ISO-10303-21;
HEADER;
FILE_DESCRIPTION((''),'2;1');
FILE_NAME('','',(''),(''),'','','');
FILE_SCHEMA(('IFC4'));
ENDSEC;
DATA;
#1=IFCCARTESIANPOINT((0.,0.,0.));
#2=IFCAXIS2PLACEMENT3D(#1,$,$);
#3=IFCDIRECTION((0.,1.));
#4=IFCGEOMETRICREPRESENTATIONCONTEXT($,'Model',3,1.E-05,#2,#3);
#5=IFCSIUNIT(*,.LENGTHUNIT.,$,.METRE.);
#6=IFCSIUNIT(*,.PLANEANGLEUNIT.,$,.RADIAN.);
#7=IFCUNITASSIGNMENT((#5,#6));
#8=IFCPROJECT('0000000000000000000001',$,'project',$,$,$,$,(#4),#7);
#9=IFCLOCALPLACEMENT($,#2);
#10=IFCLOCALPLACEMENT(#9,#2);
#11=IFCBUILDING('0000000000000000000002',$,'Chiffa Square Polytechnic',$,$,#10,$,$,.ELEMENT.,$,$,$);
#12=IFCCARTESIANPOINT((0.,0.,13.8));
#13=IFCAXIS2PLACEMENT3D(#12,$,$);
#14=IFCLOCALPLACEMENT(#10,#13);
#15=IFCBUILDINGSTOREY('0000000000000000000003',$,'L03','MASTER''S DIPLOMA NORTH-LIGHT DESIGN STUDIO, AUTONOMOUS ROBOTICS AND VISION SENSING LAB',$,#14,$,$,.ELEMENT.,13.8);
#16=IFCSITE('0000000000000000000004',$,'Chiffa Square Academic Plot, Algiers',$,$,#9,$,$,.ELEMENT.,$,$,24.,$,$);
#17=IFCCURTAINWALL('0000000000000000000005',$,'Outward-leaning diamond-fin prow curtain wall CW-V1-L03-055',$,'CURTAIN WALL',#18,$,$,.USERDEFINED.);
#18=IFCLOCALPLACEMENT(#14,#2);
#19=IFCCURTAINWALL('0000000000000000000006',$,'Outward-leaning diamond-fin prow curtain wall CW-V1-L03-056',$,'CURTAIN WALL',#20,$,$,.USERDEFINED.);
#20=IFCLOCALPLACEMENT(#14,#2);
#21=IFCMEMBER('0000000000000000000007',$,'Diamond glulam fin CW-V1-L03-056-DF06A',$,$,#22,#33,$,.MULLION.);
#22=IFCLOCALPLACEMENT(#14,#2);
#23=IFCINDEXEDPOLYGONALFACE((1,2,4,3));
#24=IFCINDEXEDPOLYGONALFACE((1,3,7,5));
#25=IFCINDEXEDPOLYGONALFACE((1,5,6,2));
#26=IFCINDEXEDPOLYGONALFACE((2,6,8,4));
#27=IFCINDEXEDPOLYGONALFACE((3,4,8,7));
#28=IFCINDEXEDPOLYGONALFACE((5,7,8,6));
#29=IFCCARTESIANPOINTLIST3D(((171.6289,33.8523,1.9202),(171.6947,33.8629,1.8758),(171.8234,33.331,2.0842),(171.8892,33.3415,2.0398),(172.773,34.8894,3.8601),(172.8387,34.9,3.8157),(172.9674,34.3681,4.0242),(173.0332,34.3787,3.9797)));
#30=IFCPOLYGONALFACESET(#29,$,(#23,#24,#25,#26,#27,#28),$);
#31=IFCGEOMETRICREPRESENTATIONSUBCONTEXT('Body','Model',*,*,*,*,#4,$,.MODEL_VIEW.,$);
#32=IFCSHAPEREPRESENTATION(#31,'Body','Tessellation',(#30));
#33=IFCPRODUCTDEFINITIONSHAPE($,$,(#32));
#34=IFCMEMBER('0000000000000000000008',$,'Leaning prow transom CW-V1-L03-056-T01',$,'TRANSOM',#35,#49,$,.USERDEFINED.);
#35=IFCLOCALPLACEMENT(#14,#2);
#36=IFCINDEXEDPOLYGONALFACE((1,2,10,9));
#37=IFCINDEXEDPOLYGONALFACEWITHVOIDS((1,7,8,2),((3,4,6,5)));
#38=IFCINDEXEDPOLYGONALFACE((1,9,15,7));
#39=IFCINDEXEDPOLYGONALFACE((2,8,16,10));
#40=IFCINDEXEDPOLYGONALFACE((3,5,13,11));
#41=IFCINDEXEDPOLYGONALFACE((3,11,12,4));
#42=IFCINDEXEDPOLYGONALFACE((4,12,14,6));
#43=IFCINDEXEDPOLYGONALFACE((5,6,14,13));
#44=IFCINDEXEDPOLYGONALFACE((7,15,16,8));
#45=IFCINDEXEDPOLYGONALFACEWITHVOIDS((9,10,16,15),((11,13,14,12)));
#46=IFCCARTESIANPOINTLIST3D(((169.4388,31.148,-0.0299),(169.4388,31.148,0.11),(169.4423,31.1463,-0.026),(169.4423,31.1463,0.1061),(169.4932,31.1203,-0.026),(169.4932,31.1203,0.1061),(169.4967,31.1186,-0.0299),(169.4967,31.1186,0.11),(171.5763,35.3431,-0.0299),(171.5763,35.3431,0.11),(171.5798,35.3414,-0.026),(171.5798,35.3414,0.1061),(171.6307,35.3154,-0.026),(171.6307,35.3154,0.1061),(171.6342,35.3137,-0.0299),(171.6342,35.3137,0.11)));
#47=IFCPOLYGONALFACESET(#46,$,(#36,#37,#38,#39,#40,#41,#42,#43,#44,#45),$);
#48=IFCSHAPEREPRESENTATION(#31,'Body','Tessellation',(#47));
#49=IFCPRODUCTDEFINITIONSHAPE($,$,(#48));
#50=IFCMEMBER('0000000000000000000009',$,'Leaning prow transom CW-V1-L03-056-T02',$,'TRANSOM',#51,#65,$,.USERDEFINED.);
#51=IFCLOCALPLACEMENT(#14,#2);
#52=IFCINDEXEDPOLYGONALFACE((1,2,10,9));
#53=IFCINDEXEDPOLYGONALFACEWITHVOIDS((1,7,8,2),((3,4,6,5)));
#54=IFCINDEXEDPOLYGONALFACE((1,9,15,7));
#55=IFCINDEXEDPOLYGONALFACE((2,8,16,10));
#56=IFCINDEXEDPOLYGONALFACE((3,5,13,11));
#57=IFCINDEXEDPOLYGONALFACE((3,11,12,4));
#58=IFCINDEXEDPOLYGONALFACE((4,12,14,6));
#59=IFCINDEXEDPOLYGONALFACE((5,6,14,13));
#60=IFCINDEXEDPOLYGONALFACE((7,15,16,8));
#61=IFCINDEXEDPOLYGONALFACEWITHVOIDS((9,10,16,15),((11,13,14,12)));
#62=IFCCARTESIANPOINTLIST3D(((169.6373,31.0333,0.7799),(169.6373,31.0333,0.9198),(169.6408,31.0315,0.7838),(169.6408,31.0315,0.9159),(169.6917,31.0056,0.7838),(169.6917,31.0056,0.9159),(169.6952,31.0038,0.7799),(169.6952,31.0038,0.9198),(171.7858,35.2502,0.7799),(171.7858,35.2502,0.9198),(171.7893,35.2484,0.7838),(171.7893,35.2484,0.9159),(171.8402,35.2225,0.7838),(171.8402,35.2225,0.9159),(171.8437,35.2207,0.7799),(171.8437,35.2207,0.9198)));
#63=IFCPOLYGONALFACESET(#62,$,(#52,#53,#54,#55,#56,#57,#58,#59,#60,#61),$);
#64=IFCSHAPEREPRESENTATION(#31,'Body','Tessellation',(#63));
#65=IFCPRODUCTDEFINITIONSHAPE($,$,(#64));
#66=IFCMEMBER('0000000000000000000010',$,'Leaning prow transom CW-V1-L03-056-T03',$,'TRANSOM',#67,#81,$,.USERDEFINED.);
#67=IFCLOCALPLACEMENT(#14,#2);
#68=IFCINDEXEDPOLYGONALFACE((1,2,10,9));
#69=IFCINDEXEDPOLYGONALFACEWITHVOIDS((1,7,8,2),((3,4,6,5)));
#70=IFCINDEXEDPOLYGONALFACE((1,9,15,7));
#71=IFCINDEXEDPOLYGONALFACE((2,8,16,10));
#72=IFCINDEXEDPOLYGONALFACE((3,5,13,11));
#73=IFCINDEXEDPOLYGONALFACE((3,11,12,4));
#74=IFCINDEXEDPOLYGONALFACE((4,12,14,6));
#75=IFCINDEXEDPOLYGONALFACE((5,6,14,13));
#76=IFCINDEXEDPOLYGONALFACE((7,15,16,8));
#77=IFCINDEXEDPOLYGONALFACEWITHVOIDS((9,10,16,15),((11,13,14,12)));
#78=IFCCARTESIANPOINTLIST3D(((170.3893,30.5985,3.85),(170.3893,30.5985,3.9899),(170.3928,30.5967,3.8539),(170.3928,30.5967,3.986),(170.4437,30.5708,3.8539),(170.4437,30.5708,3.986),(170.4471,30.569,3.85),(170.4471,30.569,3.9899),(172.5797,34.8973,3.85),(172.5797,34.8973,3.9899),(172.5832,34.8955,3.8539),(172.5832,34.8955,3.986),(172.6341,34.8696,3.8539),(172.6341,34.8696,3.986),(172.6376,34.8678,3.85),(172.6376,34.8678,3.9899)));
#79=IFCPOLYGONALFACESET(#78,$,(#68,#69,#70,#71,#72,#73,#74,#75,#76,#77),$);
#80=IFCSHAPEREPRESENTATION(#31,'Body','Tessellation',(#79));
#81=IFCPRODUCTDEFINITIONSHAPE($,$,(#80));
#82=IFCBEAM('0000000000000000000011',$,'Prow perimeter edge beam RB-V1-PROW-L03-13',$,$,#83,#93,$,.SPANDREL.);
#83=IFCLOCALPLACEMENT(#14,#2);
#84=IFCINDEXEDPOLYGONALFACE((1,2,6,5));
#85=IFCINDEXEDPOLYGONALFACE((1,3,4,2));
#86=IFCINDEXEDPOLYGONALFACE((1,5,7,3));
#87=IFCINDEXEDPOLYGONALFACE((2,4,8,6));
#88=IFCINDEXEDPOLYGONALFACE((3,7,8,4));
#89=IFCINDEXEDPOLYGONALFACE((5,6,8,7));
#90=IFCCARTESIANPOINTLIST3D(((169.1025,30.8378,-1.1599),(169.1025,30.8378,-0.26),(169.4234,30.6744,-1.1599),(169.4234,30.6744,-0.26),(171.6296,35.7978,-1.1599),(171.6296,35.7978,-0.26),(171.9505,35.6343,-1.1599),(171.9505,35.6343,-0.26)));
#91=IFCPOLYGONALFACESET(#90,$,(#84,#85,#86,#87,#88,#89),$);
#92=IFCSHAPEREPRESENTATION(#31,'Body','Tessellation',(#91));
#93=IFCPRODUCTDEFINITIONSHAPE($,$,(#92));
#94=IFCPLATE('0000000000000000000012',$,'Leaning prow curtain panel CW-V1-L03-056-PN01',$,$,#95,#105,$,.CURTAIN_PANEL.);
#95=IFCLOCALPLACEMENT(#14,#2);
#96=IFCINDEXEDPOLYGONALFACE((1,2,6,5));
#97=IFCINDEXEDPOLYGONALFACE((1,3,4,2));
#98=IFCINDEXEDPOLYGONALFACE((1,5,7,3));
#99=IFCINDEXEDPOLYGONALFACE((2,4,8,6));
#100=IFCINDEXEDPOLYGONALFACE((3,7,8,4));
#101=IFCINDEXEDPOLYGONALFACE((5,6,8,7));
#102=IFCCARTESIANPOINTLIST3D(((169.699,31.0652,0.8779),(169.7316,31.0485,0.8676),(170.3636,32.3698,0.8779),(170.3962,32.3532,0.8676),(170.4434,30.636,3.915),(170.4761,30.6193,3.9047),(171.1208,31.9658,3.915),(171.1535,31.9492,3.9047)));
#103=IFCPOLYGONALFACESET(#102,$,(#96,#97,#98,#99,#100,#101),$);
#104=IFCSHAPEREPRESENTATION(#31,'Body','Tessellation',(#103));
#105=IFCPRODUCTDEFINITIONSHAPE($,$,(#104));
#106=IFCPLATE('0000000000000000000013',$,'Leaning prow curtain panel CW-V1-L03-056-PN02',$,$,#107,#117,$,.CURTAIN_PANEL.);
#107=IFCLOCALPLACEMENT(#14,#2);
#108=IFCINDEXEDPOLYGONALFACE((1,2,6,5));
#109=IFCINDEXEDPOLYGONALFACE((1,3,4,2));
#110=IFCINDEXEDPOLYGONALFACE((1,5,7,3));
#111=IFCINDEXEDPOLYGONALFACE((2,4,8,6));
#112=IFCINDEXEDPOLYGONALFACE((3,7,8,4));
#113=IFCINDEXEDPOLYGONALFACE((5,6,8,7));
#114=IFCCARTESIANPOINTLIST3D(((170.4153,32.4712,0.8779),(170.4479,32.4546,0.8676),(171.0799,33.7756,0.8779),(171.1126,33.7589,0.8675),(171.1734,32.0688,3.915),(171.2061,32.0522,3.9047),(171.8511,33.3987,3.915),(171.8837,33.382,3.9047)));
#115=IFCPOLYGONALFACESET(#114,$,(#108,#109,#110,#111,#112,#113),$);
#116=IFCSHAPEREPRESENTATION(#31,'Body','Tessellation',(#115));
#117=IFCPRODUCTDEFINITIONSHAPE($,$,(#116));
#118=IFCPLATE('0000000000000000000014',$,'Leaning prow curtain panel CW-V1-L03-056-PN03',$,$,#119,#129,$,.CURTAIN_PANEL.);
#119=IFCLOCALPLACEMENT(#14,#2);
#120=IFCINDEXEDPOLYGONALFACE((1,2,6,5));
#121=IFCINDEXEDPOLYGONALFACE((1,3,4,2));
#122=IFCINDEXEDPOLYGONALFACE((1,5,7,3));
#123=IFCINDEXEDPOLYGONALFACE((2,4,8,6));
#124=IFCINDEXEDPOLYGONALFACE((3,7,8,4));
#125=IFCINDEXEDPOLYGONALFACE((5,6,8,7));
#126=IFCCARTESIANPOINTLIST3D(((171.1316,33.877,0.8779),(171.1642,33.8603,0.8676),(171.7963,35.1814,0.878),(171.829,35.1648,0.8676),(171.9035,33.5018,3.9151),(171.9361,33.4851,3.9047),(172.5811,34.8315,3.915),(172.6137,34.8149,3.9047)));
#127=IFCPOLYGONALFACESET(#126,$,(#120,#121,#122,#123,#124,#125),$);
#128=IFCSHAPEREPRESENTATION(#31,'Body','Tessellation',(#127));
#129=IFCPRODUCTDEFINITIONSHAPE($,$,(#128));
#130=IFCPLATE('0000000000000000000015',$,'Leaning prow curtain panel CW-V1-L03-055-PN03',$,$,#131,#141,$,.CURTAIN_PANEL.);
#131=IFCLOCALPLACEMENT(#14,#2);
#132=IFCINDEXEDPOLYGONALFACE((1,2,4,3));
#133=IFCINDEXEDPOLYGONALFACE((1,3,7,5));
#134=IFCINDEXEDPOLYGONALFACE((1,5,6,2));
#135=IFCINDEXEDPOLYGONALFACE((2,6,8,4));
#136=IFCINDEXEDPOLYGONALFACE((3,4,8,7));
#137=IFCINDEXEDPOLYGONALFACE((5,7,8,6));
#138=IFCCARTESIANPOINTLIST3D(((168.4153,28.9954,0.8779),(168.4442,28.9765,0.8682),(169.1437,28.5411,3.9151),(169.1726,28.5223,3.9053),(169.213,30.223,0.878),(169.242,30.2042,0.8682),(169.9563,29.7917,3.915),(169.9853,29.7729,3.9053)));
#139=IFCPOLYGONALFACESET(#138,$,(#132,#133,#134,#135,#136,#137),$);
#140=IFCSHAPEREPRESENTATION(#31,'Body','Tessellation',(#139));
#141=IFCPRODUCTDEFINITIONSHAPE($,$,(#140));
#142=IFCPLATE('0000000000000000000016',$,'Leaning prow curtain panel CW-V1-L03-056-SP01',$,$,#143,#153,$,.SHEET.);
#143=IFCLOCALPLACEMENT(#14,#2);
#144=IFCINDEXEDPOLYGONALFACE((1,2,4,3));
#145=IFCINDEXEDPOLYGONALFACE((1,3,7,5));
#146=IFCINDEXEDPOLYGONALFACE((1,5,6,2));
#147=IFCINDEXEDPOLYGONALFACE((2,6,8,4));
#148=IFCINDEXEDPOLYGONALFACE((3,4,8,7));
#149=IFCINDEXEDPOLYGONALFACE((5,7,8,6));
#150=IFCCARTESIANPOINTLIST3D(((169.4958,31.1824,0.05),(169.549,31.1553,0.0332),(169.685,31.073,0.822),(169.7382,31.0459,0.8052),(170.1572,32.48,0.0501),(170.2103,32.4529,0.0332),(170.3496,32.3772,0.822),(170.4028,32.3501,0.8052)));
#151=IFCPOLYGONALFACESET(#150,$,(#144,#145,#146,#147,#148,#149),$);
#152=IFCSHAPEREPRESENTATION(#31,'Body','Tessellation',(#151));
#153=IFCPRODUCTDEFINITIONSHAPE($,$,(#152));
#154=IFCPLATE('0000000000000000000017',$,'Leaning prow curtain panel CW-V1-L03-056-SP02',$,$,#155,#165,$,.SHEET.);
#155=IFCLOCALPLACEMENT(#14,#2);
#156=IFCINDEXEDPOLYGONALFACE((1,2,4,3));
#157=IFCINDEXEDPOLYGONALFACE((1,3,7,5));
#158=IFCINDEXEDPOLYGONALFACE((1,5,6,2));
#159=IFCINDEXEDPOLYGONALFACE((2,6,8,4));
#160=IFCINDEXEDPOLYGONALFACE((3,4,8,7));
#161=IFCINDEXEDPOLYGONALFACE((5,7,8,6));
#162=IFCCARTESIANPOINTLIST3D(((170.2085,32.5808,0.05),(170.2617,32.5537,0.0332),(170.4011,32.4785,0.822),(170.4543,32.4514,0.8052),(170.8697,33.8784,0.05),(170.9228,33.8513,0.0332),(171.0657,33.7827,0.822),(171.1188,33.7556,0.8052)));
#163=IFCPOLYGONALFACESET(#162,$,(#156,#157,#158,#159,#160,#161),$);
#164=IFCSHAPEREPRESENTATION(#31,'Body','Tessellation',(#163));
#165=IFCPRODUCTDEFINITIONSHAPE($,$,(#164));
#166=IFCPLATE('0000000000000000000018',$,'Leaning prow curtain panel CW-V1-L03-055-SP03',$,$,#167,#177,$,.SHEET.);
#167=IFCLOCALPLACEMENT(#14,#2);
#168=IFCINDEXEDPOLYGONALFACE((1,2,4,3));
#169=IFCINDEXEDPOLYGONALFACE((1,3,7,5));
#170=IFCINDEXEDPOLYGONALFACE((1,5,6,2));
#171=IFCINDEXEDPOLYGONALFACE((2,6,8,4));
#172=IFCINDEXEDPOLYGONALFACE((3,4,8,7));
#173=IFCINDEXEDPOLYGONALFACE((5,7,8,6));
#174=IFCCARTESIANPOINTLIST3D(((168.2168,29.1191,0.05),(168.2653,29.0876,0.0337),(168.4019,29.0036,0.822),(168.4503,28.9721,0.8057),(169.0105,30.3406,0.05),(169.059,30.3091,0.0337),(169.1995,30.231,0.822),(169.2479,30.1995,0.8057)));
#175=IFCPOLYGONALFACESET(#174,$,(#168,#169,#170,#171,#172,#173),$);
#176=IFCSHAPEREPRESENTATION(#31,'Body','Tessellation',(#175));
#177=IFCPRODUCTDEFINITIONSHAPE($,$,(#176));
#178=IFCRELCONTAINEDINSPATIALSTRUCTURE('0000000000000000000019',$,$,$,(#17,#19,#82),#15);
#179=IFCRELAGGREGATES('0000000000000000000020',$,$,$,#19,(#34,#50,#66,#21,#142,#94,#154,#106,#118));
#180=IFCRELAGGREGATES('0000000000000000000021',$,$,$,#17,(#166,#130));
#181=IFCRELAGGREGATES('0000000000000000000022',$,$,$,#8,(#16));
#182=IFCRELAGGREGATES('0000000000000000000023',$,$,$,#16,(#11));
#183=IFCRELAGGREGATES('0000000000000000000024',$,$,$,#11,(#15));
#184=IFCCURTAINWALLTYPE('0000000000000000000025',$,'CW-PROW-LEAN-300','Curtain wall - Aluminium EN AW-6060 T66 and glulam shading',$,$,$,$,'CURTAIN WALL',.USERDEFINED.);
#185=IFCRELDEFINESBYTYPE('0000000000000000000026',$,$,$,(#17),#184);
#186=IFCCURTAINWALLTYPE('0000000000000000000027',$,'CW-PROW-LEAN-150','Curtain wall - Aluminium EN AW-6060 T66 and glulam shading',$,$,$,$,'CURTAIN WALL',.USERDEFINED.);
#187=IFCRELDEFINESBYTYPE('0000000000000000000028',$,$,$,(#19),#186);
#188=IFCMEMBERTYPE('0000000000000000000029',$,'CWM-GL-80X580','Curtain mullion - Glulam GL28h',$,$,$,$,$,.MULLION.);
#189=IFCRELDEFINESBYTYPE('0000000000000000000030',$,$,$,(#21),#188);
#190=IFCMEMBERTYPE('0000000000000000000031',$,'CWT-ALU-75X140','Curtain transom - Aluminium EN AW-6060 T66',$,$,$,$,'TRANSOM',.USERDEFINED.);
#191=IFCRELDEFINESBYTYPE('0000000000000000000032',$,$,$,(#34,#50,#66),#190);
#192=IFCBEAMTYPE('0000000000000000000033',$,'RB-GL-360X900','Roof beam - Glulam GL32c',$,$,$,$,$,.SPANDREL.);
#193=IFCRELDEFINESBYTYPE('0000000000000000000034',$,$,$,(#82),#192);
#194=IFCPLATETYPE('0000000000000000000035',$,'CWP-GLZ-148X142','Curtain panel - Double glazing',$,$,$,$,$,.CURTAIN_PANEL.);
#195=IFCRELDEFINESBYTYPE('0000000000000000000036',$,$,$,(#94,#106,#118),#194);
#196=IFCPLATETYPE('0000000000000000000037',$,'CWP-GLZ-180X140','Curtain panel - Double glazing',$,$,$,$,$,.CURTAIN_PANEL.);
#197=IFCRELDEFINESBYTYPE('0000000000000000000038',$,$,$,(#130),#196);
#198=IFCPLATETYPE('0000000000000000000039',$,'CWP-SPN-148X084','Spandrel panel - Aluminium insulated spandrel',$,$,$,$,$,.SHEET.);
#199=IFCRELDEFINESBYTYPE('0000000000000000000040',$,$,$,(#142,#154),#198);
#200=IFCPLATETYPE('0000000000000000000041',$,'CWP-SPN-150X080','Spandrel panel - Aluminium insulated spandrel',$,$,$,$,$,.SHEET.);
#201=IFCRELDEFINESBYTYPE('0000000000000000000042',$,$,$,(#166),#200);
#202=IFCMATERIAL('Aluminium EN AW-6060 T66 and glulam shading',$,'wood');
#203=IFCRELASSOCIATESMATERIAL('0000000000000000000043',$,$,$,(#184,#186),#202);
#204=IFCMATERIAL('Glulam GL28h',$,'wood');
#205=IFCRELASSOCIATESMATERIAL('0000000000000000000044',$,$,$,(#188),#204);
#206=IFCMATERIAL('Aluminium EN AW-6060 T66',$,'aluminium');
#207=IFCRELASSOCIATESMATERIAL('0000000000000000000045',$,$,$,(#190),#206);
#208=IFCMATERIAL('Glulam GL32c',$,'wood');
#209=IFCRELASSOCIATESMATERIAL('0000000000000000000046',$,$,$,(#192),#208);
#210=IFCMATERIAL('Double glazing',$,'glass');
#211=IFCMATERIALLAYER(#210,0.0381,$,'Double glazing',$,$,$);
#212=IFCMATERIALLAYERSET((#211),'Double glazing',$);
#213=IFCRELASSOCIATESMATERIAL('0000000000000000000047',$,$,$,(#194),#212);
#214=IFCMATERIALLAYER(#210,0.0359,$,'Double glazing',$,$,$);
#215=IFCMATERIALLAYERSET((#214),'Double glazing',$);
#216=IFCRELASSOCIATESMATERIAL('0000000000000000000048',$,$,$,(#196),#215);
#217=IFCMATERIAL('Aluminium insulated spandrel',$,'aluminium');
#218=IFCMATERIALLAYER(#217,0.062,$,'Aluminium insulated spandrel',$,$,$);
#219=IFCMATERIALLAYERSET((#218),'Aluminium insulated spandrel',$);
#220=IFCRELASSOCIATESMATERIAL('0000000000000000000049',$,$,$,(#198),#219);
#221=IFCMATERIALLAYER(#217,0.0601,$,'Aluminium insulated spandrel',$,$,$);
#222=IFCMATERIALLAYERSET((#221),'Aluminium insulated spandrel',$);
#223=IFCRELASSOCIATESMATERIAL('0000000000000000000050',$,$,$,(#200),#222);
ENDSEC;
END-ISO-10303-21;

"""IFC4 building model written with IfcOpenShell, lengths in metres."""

from ifc_helpers import new_model, si_unit, direction, frame, origin, origin_2d, place, context, subcontext, project, spatial, polyline, rectangle, hollow_rectangle, outline, extrude, material, layer, layer_set, material_profile, profile_set, type_object, element, aggregate, save


model = new_model("IFC4")

# Units and contexts
model_context = context("Model", 3, precision=1e-05, world=origin(), true_north=direction((0.0, 1.0)))
body_context = subcontext(model_context, "Body", "Model", "MODEL_VIEW")
ifc_project = project(units=[si_unit("LENGTHUNIT", "METRE"), si_unit("PLANEANGLEUNIT", "RADIAN")], contexts=[model_context])

# Site, building, storey
site_placement = place(None, origin())
site = spatial("IfcSite", under=ifc_project, at=site_placement, Name="Chiffa Square Academic Plot, Algiers", CompositionType="ELEMENT", RefElevation=24.0)
building_placement = place(site_placement, origin())
building = spatial("IfcBuilding", under=site, at=building_placement, Name="Chiffa Square Polytechnic", CompositionType="ELEMENT")
storey_placement = place(building_placement, frame((0.0, 0.0, 13.8)))
storey = spatial("IfcBuildingStorey", under=building, at=storey_placement, Name="L03", Description="MASTER'S DIPLOMA NORTH-LIGHT DESIGN STUDIO, AUTONOMOUS ROBOTICS AND VISION SENSING LAB", CompositionType="ELEMENT", Elevation=13.8)

# Shared definitions
ifc_material_1 = material(Name="Glulam GL32c", Category="wood")

# Curtain walls
ifc_material_2 = material(Name="Aluminium EN AW-6060 T66 and glulam shading", Category="wood")
curtain_wall_type_1 = type_object("IfcCurtainWallType", Name="CW-PROW-LEAN-300", Description="Curtain wall - Aluminium EN AW-6060 T66 and glulam shading", ElementType="CURTAIN WALL", PredefinedType="USERDEFINED", material=ifc_material_2)
curtain_wall_1_placement = place(storey_placement, origin())
curtain_wall_1 = element("IfcCurtainWall", 1, at=curtain_wall_1_placement, inside=storey, type_object=curtain_wall_type_1, Name="Outward-leaning diamond-fin prow curtain wall CW-V1-L03-055", ObjectType="CURTAIN WALL", PredefinedType="USERDEFINED")
ifc_material_3 = material(Name="Aluminium EN AW-6060 T66", Category="aluminium")
curtain_wall_type_2 = type_object("IfcCurtainWallType", Name="CW-PROW-LEAN-150", Description="Curtain wall - Aluminium EN AW-6060 T66 and glulam shading", ElementType="CURTAIN WALL", PredefinedType="USERDEFINED", material=ifc_material_2)
curtain_wall_2_placement = place(storey_placement, origin())
curtain_wall_2 = element("IfcCurtainWall", 2, at=curtain_wall_2_placement, inside=storey, type_object=curtain_wall_type_2, Name="Outward-leaning diamond-fin prow curtain wall CW-V1-L03-056", ObjectType="CURTAIN WALL", PredefinedType="USERDEFINED")

# Members
ifc_material_4 = material(Name="Glulam GL28h", Category="wood")
ifc_material_profile_1 = material_profile(ifc_material_4, rectangle(XDim=0.0801, YDim=0.5801, at=origin_2d()), Name="GL28h 80x580")
ifc_profile_set_1 = profile_set([ifc_material_profile_1], Name="Glulam GL28h")
member_type_1 = type_object("IfcMemberType", Name="CWM-GL-80X580", Description="Curtain mullion - Glulam GL28h", PredefinedType="MULLION", material=ifc_profile_set_1)
member_1_placement = place(storey_placement, frame((171.759, 33.5969, 1.98), z_axis=(0.461405, 0.418278, 0.7824), x_axis=(-0.821402, -0.131857, 0.554898)))
member_1 = element("IfcMember", 3, at=member_1_placement, type_object=member_type_1, Name="Diamond glulam fin CW-V1-L03-056-DF06A", PredefinedType="MULLION", context=body_context, shape_type="SweptSolid", body=[
    extrude(rectangle(XDim=0.0801, YDim=0.5801, at=origin_2d()), origin(), (0.0, 0.0, 1.0), 2.4795),
])
ifc_material_profile_2 = material_profile(ifc_material_3, hollow_rectangle(XDim=0.0649, YDim=0.1399, WallThickness=0.0039, at=origin_2d()), Name="ALU 65x140x4")
ifc_profile_set_2 = profile_set([ifc_material_profile_2], Name="Aluminium EN AW-6060 T66")
member_type_2 = type_object("IfcMemberType", Name="CWT-ALU-75X140", Description="Curtain transom - Aluminium EN AW-6060 T66", ElementType="TRANSOM", PredefinedType="USERDEFINED", material=ifc_profile_set_2)
member_2_placement = place(storey_placement, frame((169.4678, 31.1333, 0.04), z_axis=(0.453983, 0.89101, 0.0), x_axis=(-0.89101, 0.453983, 0.0)))
member_2 = element("IfcMember", 4, at=member_2_placement, type_object=member_type_2, Name="Leaning prow transom CW-V1-L03-056-T01", ObjectType="TRANSOM", PredefinedType="USERDEFINED", context=body_context, shape_type="SweptSolid", body=[
    extrude(hollow_rectangle(XDim=0.0649, YDim=0.1399, WallThickness=0.0039, at=origin_2d()), origin(), (0.0, 0.0, 1.0), 4.7083),
])
member_3_placement = place(storey_placement, frame((169.6663, 31.0186, 0.8499), z_axis=(0.453969, 0.891017, 0.0), x_axis=(-0.891017, 0.453969, 0.0)))
member_3 = element("IfcMember", 5, at=member_3_placement, type_object=member_type_2, Name="Leaning prow transom CW-V1-L03-056-T02", ObjectType="TRANSOM", PredefinedType="USERDEFINED", context=body_context, shape_type="SweptSolid", body=[
    extrude(hollow_rectangle(XDim=0.0649, YDim=0.1399, WallThickness=0.0039, at=origin_2d()), origin(), (0.0, 0.0, 1.0), 4.7327),
])
member_4_placement = place(storey_placement, frame((170.4182, 30.5837, 3.9199), z_axis=(0.454002, 0.891001, 0.0), x_axis=(-0.891001, 0.454002, 0.0)))
member_4 = element("IfcMember", 6, at=member_4_placement, type_object=member_type_2, Name="Leaning prow transom CW-V1-L03-056-T03", ObjectType="TRANSOM", PredefinedType="USERDEFINED", context=body_context, shape_type="SweptSolid", body=[
    extrude(hollow_rectangle(XDim=0.0649, YDim=0.1399, WallThickness=0.0039, at=origin_2d()), origin(), (0.0, 0.0, 1.0), 4.8247),
])

# Beam
ifc_material_profile_3 = material_profile(ifc_material_1, rectangle(XDim=0.3601, YDim=0.8999, at=origin_2d()), Name="GL32c 360x900")
ifc_profile_set_3 = profile_set([ifc_material_profile_3], Name="Glulam GL32c")
beam_type_1 = type_object("IfcBeamType", Name="RB-GL-360X900", Description="Roof beam - Glulam GL32c", PredefinedType="SPANDREL", material=ifc_profile_set_3)
beam_1_placement = place(storey_placement, frame((169.2629, 30.7561, -0.71), z_axis=(0.453972, 0.891016, 0.0), x_axis=(-0.891016, 0.453972, 0.0)))
element("IfcBeam", 7, at=beam_1_placement, inside=storey, type_object=beam_type_1, Name="Prow perimeter edge beam RB-V1-PROW-L03-13", PredefinedType="SPANDREL", context=body_context, shape_type="SweptSolid", body=[
    extrude(rectangle(XDim=0.3601, YDim=0.8999, at=origin_2d()), origin(), (0.0, 0.0, 1.0), 5.5667),
])

# Plates
ifc_material_5 = material(Name="Double glazing", Category="glass")
ifc_layer_1 = layer(ifc_material_5, 0.0381, Name="Double glazing")
ifc_layer_set_1 = layer_set([ifc_layer_1], Name="Double glazing")
plate_type_1 = type_object("IfcPlateType", Name="CWP-GLZ-148X142", Description="Curtain panel - Double glazing", PredefinedType="CURTAIN_PANEL", material=ifc_layer_set_1)
plate_1_placement = place(storey_placement, frame((169.699, 31.0652, 0.8779), z_axis=(-0.857477, 0.436804, 0.271911), x_axis=(0.453903, 0.891051, -0.00001)))
plate_1 = element("IfcPlate", 8, at=plate_1_placement, type_object=plate_type_1, Name="Leaning prow curtain panel CW-V1-L03-056-PN01", PredefinedType="CURTAIN_PANEL", context=body_context, shape_type="SweptSolid", body=[
    extrude(outline(polyline([(0.0, 0.0), (1.4642, 0.0), (1.4479, -3.156), (-0.0446, -3.156), (0.0, 0.0)])), origin(), (0.0, 0.0, -1.0), 0.0381),
])
plate_2_placement = place(storey_placement, frame((170.4153, 32.4712, 0.8779), z_axis=(-0.857425, 0.436897, 0.271925), x_axis=(0.454, 0.891002, -0.00002)))
plate_2 = element("IfcPlate", 9, at=plate_2_placement, type_object=plate_type_1, Name="Leaning prow curtain panel CW-V1-L03-056-PN02", PredefinedType="CURTAIN_PANEL", context=body_context, shape_type="SweptSolid", body=[
    extrude(outline(polyline([(0.0, 0.0), (1.464, 0.0), (1.4782, -3.1561), (-0.0144, -3.156), (0.0, 0.0)])), origin(), (0.0, 0.0, -1.0), 0.0381),
])
plate_3_placement = place(storey_placement, frame((171.1316, 33.877, 0.8779), z_axis=(-0.857434, 0.436902, 0.271889), x_axis=(0.45401, 0.890997, 0.000019)))
plate_3 = element("IfcPlate", 10, at=plate_3_placement, type_object=plate_type_1, Name="Leaning prow curtain panel CW-V1-L03-056-PN03", PredefinedType="CURTAIN_PANEL", context=body_context, shape_type="SweptSolid", body=[
    extrude(outline(polyline([(0.0, 0.0), (1.4641, 0.0), (1.5087, -3.156), (0.0162, -3.156), (0.0, 0.0)])), origin(), (0.0, 0.0, -1.0), 0.0381),
])
ifc_layer_2 = layer(ifc_material_5, 0.0359, Name="Double glazing")
ifc_layer_set_2 = layer_set([ifc_layer_2], Name="Double glazing")
plate_type_2 = type_object("IfcPlateType", Name="CWP-GLZ-180X140", Description="Curtain panel - Double glazing", PredefinedType="CURTAIN_PANEL", material=ifc_layer_set_2)
plate_4_placement = place(storey_placement, frame((168.4153, 28.9954, 0.8779), z_axis=(-0.806924, 0.52433, 0.271941), x_axis=(0.544871, 0.83852, 0.000032)))
plate_4 = element("IfcPlate", 11, at=plate_4_placement, type_object=plate_type_2, Name="Leaning prow curtain panel CW-V1-L03-055-PN03", PredefinedType="CURTAIN_PANEL", context=body_context, shape_type="SweptSolid", body=[
    extrude(outline(polyline([(0.0, 0.0), (1.464, 0.0), (1.5075, -3.156), (0.0161, -3.1561), (0.0, 0.0)])), origin(), (0.0, 0.0, -1.0), 0.0359),
])
ifc_material_6 = material(Name="Aluminium insulated spandrel", Category="aluminium")
ifc_layer_3 = layer(ifc_material_6, 0.062, Name="Aluminium insulated spandrel")
ifc_layer_set_3 = layer_set([ifc_layer_3], Name="Aluminium insulated spandrel")
plate_type_3 = type_object("IfcPlateType", Name="CWP-SPN-148X084", Description="Spandrel panel - Aluminium insulated spandrel", PredefinedType="SHEET", material=ifc_layer_set_3)
plate_5_placement = place(storey_placement, frame((169.4958, 31.1824, 0.05), z_axis=(-0.857394, 0.436943, 0.27195), x_axis=(0.45406, 0.890971, 0.000015)))
plate_5 = element("IfcPlate", 12, at=plate_5_placement, type_object=plate_type_3, Name="Leaning prow curtain panel CW-V1-L03-056-SP01", PredefinedType="SHEET", context=body_context, shape_type="SweptSolid", body=[
    extrude(outline(polyline([(0.0, 0.0), (1.4564, 0.0), (1.4522, -0.8022), (-0.0115, -0.8022), (0.0, 0.0)])), origin(), (0.0, 0.0, -1.0), 0.062),
])
plate_6_placement = place(storey_placement, frame((170.2085, 32.5808, 0.05), z_axis=(-0.857444, 0.436888, 0.27188), x_axis=(0.453988, 0.891008, -0.000005)))
plate_6 = element("IfcPlate", 13, at=plate_6_placement, type_object=plate_type_3, Name="Leaning prow curtain panel CW-V1-L03-056-SP02", PredefinedType="SHEET", context=body_context, shape_type="SweptSolid", body=[
    extrude(outline(polyline([(0.0, 0.0), (1.4563, 0.0), (1.4601, -0.8022), (-0.0037, -0.8022), (0.0, 0.0)])), origin(), (0.0, 0.0, -1.0), 0.062),
])
aggregate(curtain_wall_2, [member_2, member_3, member_4, member_1, plate_5, plate_1, plate_6, plate_2, plate_3])
ifc_layer_4 = layer(ifc_material_6, 0.0601, Name="Aluminium insulated spandrel")
ifc_layer_set_4 = layer_set([ifc_layer_4], Name="Aluminium insulated spandrel")
plate_type_4 = type_object("IfcPlateType", Name="CWP-SPN-150X080", Description="Spandrel panel - Aluminium insulated spandrel", PredefinedType="SHEET", material=ifc_layer_set_4)
plate_7_placement = place(storey_placement, frame((168.2168, 29.1191, 0.05), z_axis=(-0.806905, 0.524368, 0.271924), x_axis=(0.544898, 0.838502, -0.000007)))
plate_7 = element("IfcPlate", 14, at=plate_7_placement, type_object=plate_type_4, Name="Leaning prow curtain panel CW-V1-L03-055-SP03", PredefinedType="SHEET", context=body_context, shape_type="SweptSolid", body=[
    extrude(outline(polyline([(0.0, 0.0), (1.4567, 0.0), (1.4677, -0.8022), (0.004, -0.8022), (0.0, 0.0)])), origin(), (0.0, 0.0, -1.0), 0.0601),
])
aggregate(curtain_wall_1, [plate_7, plate_4])

save(model, "model.ifc")
